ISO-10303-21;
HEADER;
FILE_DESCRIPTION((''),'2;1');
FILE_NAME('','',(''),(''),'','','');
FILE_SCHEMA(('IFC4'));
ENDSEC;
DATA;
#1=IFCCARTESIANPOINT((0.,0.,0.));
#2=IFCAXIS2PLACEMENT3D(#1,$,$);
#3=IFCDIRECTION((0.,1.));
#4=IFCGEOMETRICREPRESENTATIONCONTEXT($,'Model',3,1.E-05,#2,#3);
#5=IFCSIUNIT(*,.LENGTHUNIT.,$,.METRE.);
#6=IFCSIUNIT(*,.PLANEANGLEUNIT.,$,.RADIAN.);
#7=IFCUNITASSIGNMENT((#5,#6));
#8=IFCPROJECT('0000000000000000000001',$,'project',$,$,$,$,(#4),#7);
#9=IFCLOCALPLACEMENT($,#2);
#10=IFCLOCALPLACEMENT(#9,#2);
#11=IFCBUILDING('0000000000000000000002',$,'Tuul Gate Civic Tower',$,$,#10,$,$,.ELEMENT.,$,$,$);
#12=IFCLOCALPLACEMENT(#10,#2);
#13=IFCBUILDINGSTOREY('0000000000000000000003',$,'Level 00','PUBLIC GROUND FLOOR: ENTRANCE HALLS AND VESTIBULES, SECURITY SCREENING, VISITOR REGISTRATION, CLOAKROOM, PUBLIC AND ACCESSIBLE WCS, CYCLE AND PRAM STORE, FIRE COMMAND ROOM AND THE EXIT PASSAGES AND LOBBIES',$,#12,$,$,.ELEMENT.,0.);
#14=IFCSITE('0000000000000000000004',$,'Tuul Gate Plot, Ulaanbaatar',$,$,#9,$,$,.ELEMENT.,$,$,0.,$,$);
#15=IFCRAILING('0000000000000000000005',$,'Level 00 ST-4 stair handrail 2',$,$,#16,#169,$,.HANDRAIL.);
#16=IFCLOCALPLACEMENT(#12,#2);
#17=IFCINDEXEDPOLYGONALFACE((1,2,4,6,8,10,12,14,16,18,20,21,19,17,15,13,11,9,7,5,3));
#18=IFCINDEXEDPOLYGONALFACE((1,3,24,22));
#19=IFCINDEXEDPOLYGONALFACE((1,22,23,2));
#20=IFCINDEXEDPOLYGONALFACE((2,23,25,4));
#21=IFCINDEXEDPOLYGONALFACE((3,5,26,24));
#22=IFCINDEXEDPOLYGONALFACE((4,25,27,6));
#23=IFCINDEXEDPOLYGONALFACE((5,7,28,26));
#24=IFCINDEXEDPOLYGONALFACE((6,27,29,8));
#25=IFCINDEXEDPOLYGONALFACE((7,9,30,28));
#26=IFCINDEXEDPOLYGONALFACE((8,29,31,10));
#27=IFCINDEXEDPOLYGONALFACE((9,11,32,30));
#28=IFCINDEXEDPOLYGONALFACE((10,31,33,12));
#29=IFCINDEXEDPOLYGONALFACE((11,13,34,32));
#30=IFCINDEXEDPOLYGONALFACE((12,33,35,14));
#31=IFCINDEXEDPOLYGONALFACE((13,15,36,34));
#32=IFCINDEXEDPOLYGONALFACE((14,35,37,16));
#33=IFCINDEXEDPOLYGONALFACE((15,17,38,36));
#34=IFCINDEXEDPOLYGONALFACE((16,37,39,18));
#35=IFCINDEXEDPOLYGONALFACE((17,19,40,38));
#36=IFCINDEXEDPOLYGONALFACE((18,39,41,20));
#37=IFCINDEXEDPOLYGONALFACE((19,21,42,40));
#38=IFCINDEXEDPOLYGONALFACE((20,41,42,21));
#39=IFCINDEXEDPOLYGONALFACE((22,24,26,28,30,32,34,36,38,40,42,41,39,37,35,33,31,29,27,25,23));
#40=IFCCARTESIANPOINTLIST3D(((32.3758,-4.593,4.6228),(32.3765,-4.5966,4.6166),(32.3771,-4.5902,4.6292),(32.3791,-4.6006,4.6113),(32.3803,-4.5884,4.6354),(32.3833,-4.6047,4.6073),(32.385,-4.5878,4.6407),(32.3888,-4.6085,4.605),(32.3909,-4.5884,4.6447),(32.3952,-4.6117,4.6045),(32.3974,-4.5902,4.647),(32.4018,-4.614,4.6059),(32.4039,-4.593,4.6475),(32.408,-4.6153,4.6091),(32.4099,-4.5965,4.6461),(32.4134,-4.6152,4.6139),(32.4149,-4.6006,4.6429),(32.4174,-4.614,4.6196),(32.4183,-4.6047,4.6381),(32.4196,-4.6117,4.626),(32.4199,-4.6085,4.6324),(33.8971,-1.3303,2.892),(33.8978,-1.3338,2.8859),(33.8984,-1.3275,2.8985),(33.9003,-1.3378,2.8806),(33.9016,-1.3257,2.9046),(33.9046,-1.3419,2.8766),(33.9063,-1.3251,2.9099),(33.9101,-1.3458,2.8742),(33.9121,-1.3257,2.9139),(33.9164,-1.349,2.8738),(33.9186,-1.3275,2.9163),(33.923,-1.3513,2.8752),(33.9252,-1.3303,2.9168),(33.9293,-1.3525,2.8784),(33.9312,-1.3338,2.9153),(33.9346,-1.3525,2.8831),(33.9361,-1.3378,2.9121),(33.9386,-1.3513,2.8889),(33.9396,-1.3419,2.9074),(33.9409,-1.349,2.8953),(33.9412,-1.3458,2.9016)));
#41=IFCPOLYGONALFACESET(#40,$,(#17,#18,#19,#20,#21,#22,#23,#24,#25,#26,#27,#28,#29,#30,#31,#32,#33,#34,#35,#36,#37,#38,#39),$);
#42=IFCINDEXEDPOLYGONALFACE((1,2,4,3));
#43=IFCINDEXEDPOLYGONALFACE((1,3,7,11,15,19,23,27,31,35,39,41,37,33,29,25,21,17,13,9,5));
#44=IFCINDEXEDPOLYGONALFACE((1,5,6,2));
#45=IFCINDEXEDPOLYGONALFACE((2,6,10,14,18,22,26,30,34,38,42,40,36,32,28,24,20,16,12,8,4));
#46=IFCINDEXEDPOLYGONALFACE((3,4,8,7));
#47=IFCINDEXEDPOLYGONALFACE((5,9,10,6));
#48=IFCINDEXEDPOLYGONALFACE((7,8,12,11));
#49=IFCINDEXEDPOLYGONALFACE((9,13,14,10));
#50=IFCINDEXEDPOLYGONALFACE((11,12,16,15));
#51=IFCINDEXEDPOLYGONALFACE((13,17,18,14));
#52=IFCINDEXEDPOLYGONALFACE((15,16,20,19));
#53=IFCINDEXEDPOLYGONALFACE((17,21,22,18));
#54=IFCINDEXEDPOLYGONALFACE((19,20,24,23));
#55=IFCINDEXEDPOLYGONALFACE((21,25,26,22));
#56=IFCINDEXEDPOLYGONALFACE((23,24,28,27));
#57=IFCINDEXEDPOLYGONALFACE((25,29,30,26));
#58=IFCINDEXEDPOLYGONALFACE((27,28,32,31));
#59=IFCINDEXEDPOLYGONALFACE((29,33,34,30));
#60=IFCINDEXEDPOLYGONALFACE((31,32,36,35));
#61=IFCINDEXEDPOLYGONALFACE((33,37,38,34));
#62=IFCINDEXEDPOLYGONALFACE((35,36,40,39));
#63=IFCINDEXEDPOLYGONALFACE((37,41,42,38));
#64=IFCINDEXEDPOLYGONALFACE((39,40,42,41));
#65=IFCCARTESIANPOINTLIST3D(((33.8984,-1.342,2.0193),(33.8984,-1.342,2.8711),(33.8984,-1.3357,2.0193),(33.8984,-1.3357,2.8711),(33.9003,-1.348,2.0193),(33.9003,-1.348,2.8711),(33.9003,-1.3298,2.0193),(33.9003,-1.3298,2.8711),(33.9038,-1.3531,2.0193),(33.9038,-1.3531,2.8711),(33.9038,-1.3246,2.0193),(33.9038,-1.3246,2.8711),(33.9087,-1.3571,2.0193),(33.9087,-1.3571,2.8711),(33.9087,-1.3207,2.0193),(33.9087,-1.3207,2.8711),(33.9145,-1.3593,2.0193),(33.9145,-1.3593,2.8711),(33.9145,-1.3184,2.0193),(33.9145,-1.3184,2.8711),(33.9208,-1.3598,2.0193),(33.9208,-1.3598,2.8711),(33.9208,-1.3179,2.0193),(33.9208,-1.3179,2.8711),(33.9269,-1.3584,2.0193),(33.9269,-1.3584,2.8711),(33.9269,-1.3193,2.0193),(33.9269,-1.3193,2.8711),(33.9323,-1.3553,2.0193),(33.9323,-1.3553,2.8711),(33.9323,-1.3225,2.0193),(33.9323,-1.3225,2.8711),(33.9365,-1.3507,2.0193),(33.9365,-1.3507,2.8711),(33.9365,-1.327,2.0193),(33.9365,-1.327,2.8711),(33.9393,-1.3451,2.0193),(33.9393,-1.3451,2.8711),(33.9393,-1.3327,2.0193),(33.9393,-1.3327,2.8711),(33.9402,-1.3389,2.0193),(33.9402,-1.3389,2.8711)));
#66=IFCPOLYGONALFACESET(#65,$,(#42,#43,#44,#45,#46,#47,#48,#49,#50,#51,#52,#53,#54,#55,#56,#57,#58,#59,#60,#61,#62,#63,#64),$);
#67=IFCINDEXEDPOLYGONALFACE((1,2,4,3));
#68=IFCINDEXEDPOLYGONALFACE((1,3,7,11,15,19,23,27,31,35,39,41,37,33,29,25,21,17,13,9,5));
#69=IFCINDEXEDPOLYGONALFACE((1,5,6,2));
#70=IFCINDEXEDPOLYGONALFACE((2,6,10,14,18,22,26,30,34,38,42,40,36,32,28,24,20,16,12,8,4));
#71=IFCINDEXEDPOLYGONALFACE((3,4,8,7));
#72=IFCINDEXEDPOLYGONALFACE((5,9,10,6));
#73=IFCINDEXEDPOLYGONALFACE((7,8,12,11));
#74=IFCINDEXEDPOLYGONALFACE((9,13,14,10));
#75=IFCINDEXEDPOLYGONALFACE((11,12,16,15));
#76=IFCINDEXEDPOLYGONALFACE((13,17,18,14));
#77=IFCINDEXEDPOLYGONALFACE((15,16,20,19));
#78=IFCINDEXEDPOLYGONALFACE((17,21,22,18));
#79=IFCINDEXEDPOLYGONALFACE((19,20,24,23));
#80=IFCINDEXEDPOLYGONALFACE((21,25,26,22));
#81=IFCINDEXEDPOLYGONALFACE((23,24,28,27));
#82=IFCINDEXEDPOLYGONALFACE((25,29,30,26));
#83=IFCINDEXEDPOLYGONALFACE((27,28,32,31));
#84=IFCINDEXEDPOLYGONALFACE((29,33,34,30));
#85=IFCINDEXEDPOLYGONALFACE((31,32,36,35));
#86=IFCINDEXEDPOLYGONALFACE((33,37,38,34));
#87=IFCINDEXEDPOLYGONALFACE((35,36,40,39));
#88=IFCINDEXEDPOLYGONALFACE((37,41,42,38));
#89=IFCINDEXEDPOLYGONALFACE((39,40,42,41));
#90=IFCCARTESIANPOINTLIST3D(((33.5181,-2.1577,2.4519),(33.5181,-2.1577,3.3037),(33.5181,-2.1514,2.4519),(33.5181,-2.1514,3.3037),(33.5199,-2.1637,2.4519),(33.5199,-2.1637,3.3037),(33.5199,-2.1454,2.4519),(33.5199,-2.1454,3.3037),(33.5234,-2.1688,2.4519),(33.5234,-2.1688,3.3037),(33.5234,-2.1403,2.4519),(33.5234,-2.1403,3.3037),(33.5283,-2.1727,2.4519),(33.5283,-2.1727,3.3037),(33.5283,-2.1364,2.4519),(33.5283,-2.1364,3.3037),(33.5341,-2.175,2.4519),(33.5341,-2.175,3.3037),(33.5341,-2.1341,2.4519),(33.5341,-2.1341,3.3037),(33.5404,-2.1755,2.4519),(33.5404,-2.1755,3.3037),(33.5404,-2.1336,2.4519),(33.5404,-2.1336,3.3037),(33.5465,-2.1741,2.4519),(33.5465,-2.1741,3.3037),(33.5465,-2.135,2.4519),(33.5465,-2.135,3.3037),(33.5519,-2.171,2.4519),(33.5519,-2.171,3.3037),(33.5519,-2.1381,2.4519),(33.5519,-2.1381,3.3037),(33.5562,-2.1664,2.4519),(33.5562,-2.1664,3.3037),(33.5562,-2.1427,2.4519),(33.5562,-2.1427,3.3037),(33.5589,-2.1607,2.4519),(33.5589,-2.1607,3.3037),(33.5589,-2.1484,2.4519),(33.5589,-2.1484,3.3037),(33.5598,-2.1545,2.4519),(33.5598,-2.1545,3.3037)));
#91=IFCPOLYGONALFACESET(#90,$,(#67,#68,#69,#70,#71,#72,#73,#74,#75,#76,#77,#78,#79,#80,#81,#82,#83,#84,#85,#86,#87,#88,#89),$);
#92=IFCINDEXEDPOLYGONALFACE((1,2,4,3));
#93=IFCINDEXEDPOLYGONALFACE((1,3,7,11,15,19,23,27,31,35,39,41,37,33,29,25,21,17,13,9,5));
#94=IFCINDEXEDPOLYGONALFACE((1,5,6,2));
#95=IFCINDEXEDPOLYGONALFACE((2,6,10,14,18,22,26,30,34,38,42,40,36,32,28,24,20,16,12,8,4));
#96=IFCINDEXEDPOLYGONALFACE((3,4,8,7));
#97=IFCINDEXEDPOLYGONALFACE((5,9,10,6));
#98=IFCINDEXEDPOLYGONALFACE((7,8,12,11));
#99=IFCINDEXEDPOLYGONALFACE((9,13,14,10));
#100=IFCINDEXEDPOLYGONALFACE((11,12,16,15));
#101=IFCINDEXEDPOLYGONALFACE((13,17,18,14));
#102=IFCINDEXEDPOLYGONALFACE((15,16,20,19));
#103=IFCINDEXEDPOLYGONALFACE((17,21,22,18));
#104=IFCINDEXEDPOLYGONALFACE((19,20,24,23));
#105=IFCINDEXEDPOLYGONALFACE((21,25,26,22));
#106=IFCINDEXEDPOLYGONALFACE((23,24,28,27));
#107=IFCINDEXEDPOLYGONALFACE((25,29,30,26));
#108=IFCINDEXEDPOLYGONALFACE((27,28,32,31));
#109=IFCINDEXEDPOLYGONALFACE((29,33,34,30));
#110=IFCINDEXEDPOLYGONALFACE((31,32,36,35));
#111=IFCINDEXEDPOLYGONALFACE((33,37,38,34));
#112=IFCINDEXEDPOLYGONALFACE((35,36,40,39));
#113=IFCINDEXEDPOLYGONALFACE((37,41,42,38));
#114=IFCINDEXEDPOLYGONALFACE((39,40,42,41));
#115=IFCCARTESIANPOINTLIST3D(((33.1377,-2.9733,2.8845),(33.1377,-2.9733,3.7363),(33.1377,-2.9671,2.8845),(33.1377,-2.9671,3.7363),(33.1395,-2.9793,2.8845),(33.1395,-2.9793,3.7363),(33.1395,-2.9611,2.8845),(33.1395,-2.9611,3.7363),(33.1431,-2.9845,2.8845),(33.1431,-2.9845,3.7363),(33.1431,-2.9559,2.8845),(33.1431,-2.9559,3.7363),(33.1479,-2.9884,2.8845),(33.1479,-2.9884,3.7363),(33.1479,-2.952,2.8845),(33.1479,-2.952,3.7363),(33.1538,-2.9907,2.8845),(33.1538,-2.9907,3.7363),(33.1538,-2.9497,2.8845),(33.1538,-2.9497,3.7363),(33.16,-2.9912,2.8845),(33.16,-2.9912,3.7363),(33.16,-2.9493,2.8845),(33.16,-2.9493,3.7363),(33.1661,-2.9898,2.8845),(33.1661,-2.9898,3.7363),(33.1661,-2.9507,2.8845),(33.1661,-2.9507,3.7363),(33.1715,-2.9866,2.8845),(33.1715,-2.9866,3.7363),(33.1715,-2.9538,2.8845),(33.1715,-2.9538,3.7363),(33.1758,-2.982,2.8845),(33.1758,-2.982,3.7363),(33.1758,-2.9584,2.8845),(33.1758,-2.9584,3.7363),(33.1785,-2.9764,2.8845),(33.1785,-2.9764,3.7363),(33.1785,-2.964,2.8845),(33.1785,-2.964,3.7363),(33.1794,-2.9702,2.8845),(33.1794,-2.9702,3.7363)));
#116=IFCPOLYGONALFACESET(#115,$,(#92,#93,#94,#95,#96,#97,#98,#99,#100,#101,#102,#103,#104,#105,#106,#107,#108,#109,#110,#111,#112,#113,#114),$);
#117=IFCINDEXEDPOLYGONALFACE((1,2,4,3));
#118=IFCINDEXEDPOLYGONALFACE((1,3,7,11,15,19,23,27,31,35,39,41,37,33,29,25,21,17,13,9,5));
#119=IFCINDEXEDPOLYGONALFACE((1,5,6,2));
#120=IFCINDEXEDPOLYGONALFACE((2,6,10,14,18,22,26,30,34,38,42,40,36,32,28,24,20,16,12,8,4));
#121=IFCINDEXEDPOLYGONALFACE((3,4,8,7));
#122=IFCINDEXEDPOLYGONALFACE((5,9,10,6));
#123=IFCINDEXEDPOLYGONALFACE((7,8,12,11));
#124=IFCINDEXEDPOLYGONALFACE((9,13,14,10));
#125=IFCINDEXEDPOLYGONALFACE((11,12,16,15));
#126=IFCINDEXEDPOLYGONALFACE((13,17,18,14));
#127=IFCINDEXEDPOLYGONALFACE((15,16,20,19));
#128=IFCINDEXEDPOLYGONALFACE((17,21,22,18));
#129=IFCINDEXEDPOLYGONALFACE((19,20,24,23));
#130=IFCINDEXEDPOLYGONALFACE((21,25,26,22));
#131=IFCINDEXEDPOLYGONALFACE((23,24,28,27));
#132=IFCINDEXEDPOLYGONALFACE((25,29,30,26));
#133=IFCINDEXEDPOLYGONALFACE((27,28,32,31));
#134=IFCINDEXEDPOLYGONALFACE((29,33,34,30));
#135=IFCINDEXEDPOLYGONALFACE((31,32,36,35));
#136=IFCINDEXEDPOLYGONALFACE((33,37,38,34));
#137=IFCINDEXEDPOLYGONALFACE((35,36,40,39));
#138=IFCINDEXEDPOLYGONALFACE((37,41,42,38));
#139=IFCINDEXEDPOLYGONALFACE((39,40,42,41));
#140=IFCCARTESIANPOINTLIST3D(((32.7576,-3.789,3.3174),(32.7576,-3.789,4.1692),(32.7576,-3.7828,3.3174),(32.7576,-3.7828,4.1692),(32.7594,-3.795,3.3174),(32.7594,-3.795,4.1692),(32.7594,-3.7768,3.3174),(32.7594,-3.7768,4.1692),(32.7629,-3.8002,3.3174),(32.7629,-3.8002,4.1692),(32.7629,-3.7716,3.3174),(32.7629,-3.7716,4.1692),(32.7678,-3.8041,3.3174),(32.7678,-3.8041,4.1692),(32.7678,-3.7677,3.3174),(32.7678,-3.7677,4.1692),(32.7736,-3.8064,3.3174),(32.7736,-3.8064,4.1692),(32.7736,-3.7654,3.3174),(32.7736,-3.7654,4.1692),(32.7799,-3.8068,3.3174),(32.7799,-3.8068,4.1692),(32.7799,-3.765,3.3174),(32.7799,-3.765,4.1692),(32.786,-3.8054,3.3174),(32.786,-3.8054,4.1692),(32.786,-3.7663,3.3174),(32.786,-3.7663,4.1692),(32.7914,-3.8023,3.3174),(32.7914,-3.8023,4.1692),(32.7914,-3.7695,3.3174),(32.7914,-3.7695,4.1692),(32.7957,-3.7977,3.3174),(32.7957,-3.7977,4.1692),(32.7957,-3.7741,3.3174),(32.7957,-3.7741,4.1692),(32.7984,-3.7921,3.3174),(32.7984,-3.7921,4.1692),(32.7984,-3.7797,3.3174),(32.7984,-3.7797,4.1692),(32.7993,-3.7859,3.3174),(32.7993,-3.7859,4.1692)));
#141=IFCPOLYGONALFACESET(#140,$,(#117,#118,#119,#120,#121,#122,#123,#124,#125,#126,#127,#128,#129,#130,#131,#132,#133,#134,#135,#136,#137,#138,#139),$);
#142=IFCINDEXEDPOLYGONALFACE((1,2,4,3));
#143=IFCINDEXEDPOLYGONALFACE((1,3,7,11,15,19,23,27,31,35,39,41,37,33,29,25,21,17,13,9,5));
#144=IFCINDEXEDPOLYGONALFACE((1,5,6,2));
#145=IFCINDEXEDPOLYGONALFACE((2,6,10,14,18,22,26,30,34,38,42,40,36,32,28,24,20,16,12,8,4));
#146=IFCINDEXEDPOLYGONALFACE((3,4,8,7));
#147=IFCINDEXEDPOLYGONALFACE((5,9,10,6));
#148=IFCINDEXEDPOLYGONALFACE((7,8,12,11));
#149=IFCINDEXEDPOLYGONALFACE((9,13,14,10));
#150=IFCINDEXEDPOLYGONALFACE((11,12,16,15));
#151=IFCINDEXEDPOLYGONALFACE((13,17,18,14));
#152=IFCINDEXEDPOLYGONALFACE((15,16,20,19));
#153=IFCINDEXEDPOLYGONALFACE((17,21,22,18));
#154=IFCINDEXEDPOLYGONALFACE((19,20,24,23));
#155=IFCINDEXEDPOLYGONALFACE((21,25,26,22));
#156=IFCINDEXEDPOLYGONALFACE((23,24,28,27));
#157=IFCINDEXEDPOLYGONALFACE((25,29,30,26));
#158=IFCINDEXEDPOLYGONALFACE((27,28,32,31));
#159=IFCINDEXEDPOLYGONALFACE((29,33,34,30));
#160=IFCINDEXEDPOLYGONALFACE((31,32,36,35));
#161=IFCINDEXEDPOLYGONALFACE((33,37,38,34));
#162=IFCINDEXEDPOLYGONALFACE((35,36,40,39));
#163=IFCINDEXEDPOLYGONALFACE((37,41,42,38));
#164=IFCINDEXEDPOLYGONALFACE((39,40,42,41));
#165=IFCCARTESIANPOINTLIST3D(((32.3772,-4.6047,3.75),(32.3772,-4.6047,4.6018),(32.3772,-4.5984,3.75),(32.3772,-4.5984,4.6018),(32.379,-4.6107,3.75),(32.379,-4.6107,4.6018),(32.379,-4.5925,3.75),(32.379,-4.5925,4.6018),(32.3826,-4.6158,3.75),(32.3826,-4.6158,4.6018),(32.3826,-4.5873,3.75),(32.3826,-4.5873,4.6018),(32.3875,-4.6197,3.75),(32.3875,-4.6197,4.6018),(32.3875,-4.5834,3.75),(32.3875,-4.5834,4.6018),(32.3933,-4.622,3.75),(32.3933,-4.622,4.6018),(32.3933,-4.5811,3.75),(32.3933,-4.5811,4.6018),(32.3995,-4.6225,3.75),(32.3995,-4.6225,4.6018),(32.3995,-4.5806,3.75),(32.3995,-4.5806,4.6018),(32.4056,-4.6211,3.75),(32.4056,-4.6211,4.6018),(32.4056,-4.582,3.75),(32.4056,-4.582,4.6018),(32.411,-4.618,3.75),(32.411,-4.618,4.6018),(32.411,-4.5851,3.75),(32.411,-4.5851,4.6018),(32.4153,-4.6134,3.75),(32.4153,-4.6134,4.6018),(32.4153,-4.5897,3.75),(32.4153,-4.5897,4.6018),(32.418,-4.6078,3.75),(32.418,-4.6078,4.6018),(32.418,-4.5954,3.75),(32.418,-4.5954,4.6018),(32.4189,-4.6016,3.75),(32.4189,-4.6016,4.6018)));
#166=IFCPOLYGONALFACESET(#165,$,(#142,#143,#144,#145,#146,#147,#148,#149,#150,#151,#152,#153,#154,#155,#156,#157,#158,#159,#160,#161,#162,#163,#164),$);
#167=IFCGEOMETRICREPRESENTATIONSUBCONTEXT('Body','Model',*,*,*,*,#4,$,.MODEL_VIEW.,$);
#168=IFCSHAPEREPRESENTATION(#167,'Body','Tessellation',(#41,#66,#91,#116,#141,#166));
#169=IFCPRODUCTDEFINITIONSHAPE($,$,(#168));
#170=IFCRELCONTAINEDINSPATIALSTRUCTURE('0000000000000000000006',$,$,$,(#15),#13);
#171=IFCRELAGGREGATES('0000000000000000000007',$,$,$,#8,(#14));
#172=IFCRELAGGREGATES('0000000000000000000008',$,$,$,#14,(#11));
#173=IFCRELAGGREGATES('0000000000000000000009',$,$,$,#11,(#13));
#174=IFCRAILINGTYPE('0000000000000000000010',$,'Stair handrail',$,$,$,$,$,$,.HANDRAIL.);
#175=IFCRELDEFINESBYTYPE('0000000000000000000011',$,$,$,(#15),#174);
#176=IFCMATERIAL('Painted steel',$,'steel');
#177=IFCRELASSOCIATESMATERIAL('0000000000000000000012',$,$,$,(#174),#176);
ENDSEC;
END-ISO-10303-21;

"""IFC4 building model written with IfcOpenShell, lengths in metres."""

from ifc_helpers import new_model, si_unit, direction, frame, origin, origin_2d, place, context, subcontext, project, spatial, circle, extrude, material, type_object, element, save


model = new_model("IFC4")

# Units and contexts
model_context = context("Model", 3, precision=1e-05, world=origin(), true_north=direction((0.0, 1.0)))
body_context = subcontext(model_context, "Body", "Model", "MODEL_VIEW")
ifc_project = project(units=[si_unit("LENGTHUNIT", "METRE"), si_unit("PLANEANGLEUNIT", "RADIAN")], contexts=[model_context])

# Site, building, storey
site_placement = place(None, origin())
site = spatial("IfcSite", under=ifc_project, at=site_placement, Name="Tuul Gate Plot, Ulaanbaatar", CompositionType="ELEMENT", RefElevation=0.0)
building_placement = place(site_placement, origin())
building = spatial("IfcBuilding", under=site, at=building_placement, Name="Tuul Gate Civic Tower", CompositionType="ELEMENT")
storey_placement = place(building_placement, origin())
storey = spatial("IfcBuildingStorey", under=building, at=storey_placement, Name="Level 00", Description="PUBLIC GROUND FLOOR: ENTRANCE HALLS AND VESTIBULES, SECURITY SCREENING, VISITOR REGISTRATION, CLOAKROOM, PUBLIC AND ACCESSIBLE WCS, CYCLE AND PRAM STORE, FIRE COMMAND ROOM AND THE EXIT PASSAGES AND LOBBIES", CompositionType="ELEMENT", Elevation=0.0)

# Railing
ifc_material_1 = material(Name="Painted steel", Category="steel")
railing_type_1 = type_object("IfcRailingType", Name="Stair handrail", PredefinedType="HANDRAIL", material=ifc_material_1)
for number, where, name in (
    (1, (33.9192, -1.3389, 2.0193), "Level 00 ST-4 stair handrail 2"),
):
    element("IfcRailing", number, at=place(storey_placement, frame(where)), inside=storey, type_object=railing_type_1, Name=name, PredefinedType="HANDRAIL", context=body_context, shape_type="SweptSolid", body=[
        extrude(circle(Radius=0.0239, at=origin_2d()), frame((0.0, 0.0, 0.876), z_axis=(-0.380849, -0.81683, 0.433292), x_axis=(0.906327, -0.422577, 0.0)), (0.0, 0.0, 1.0), 3.9944),
        extrude(circle(Radius=0.021, at=origin_2d()), origin(), (0.0, 0.0, 1.0), 0.8518),
        extrude(circle(Radius=0.021, at=origin_2d()), frame((-0.3804, -0.8157, 0.4326)), (0.0, 0.0, 1.0), 0.8518),
        extrude(circle(Radius=0.021, at=origin_2d()), frame((-0.7607, -1.6313, 0.8652)), (0.0, 0.0, 1.0), 0.8518),
        extrude(circle(Radius=0.021, at=origin_2d()), frame((-1.1409, -2.447, 1.2981)), (0.0, 0.0, 1.0), 0.8518),
        extrude(circle(Radius=0.021, at=origin_2d()), frame((-1.5212, -3.2627, 1.7307)), (0.0, 0.0, 1.0), 0.8518),
    ])

save(model, "model.ifc")
